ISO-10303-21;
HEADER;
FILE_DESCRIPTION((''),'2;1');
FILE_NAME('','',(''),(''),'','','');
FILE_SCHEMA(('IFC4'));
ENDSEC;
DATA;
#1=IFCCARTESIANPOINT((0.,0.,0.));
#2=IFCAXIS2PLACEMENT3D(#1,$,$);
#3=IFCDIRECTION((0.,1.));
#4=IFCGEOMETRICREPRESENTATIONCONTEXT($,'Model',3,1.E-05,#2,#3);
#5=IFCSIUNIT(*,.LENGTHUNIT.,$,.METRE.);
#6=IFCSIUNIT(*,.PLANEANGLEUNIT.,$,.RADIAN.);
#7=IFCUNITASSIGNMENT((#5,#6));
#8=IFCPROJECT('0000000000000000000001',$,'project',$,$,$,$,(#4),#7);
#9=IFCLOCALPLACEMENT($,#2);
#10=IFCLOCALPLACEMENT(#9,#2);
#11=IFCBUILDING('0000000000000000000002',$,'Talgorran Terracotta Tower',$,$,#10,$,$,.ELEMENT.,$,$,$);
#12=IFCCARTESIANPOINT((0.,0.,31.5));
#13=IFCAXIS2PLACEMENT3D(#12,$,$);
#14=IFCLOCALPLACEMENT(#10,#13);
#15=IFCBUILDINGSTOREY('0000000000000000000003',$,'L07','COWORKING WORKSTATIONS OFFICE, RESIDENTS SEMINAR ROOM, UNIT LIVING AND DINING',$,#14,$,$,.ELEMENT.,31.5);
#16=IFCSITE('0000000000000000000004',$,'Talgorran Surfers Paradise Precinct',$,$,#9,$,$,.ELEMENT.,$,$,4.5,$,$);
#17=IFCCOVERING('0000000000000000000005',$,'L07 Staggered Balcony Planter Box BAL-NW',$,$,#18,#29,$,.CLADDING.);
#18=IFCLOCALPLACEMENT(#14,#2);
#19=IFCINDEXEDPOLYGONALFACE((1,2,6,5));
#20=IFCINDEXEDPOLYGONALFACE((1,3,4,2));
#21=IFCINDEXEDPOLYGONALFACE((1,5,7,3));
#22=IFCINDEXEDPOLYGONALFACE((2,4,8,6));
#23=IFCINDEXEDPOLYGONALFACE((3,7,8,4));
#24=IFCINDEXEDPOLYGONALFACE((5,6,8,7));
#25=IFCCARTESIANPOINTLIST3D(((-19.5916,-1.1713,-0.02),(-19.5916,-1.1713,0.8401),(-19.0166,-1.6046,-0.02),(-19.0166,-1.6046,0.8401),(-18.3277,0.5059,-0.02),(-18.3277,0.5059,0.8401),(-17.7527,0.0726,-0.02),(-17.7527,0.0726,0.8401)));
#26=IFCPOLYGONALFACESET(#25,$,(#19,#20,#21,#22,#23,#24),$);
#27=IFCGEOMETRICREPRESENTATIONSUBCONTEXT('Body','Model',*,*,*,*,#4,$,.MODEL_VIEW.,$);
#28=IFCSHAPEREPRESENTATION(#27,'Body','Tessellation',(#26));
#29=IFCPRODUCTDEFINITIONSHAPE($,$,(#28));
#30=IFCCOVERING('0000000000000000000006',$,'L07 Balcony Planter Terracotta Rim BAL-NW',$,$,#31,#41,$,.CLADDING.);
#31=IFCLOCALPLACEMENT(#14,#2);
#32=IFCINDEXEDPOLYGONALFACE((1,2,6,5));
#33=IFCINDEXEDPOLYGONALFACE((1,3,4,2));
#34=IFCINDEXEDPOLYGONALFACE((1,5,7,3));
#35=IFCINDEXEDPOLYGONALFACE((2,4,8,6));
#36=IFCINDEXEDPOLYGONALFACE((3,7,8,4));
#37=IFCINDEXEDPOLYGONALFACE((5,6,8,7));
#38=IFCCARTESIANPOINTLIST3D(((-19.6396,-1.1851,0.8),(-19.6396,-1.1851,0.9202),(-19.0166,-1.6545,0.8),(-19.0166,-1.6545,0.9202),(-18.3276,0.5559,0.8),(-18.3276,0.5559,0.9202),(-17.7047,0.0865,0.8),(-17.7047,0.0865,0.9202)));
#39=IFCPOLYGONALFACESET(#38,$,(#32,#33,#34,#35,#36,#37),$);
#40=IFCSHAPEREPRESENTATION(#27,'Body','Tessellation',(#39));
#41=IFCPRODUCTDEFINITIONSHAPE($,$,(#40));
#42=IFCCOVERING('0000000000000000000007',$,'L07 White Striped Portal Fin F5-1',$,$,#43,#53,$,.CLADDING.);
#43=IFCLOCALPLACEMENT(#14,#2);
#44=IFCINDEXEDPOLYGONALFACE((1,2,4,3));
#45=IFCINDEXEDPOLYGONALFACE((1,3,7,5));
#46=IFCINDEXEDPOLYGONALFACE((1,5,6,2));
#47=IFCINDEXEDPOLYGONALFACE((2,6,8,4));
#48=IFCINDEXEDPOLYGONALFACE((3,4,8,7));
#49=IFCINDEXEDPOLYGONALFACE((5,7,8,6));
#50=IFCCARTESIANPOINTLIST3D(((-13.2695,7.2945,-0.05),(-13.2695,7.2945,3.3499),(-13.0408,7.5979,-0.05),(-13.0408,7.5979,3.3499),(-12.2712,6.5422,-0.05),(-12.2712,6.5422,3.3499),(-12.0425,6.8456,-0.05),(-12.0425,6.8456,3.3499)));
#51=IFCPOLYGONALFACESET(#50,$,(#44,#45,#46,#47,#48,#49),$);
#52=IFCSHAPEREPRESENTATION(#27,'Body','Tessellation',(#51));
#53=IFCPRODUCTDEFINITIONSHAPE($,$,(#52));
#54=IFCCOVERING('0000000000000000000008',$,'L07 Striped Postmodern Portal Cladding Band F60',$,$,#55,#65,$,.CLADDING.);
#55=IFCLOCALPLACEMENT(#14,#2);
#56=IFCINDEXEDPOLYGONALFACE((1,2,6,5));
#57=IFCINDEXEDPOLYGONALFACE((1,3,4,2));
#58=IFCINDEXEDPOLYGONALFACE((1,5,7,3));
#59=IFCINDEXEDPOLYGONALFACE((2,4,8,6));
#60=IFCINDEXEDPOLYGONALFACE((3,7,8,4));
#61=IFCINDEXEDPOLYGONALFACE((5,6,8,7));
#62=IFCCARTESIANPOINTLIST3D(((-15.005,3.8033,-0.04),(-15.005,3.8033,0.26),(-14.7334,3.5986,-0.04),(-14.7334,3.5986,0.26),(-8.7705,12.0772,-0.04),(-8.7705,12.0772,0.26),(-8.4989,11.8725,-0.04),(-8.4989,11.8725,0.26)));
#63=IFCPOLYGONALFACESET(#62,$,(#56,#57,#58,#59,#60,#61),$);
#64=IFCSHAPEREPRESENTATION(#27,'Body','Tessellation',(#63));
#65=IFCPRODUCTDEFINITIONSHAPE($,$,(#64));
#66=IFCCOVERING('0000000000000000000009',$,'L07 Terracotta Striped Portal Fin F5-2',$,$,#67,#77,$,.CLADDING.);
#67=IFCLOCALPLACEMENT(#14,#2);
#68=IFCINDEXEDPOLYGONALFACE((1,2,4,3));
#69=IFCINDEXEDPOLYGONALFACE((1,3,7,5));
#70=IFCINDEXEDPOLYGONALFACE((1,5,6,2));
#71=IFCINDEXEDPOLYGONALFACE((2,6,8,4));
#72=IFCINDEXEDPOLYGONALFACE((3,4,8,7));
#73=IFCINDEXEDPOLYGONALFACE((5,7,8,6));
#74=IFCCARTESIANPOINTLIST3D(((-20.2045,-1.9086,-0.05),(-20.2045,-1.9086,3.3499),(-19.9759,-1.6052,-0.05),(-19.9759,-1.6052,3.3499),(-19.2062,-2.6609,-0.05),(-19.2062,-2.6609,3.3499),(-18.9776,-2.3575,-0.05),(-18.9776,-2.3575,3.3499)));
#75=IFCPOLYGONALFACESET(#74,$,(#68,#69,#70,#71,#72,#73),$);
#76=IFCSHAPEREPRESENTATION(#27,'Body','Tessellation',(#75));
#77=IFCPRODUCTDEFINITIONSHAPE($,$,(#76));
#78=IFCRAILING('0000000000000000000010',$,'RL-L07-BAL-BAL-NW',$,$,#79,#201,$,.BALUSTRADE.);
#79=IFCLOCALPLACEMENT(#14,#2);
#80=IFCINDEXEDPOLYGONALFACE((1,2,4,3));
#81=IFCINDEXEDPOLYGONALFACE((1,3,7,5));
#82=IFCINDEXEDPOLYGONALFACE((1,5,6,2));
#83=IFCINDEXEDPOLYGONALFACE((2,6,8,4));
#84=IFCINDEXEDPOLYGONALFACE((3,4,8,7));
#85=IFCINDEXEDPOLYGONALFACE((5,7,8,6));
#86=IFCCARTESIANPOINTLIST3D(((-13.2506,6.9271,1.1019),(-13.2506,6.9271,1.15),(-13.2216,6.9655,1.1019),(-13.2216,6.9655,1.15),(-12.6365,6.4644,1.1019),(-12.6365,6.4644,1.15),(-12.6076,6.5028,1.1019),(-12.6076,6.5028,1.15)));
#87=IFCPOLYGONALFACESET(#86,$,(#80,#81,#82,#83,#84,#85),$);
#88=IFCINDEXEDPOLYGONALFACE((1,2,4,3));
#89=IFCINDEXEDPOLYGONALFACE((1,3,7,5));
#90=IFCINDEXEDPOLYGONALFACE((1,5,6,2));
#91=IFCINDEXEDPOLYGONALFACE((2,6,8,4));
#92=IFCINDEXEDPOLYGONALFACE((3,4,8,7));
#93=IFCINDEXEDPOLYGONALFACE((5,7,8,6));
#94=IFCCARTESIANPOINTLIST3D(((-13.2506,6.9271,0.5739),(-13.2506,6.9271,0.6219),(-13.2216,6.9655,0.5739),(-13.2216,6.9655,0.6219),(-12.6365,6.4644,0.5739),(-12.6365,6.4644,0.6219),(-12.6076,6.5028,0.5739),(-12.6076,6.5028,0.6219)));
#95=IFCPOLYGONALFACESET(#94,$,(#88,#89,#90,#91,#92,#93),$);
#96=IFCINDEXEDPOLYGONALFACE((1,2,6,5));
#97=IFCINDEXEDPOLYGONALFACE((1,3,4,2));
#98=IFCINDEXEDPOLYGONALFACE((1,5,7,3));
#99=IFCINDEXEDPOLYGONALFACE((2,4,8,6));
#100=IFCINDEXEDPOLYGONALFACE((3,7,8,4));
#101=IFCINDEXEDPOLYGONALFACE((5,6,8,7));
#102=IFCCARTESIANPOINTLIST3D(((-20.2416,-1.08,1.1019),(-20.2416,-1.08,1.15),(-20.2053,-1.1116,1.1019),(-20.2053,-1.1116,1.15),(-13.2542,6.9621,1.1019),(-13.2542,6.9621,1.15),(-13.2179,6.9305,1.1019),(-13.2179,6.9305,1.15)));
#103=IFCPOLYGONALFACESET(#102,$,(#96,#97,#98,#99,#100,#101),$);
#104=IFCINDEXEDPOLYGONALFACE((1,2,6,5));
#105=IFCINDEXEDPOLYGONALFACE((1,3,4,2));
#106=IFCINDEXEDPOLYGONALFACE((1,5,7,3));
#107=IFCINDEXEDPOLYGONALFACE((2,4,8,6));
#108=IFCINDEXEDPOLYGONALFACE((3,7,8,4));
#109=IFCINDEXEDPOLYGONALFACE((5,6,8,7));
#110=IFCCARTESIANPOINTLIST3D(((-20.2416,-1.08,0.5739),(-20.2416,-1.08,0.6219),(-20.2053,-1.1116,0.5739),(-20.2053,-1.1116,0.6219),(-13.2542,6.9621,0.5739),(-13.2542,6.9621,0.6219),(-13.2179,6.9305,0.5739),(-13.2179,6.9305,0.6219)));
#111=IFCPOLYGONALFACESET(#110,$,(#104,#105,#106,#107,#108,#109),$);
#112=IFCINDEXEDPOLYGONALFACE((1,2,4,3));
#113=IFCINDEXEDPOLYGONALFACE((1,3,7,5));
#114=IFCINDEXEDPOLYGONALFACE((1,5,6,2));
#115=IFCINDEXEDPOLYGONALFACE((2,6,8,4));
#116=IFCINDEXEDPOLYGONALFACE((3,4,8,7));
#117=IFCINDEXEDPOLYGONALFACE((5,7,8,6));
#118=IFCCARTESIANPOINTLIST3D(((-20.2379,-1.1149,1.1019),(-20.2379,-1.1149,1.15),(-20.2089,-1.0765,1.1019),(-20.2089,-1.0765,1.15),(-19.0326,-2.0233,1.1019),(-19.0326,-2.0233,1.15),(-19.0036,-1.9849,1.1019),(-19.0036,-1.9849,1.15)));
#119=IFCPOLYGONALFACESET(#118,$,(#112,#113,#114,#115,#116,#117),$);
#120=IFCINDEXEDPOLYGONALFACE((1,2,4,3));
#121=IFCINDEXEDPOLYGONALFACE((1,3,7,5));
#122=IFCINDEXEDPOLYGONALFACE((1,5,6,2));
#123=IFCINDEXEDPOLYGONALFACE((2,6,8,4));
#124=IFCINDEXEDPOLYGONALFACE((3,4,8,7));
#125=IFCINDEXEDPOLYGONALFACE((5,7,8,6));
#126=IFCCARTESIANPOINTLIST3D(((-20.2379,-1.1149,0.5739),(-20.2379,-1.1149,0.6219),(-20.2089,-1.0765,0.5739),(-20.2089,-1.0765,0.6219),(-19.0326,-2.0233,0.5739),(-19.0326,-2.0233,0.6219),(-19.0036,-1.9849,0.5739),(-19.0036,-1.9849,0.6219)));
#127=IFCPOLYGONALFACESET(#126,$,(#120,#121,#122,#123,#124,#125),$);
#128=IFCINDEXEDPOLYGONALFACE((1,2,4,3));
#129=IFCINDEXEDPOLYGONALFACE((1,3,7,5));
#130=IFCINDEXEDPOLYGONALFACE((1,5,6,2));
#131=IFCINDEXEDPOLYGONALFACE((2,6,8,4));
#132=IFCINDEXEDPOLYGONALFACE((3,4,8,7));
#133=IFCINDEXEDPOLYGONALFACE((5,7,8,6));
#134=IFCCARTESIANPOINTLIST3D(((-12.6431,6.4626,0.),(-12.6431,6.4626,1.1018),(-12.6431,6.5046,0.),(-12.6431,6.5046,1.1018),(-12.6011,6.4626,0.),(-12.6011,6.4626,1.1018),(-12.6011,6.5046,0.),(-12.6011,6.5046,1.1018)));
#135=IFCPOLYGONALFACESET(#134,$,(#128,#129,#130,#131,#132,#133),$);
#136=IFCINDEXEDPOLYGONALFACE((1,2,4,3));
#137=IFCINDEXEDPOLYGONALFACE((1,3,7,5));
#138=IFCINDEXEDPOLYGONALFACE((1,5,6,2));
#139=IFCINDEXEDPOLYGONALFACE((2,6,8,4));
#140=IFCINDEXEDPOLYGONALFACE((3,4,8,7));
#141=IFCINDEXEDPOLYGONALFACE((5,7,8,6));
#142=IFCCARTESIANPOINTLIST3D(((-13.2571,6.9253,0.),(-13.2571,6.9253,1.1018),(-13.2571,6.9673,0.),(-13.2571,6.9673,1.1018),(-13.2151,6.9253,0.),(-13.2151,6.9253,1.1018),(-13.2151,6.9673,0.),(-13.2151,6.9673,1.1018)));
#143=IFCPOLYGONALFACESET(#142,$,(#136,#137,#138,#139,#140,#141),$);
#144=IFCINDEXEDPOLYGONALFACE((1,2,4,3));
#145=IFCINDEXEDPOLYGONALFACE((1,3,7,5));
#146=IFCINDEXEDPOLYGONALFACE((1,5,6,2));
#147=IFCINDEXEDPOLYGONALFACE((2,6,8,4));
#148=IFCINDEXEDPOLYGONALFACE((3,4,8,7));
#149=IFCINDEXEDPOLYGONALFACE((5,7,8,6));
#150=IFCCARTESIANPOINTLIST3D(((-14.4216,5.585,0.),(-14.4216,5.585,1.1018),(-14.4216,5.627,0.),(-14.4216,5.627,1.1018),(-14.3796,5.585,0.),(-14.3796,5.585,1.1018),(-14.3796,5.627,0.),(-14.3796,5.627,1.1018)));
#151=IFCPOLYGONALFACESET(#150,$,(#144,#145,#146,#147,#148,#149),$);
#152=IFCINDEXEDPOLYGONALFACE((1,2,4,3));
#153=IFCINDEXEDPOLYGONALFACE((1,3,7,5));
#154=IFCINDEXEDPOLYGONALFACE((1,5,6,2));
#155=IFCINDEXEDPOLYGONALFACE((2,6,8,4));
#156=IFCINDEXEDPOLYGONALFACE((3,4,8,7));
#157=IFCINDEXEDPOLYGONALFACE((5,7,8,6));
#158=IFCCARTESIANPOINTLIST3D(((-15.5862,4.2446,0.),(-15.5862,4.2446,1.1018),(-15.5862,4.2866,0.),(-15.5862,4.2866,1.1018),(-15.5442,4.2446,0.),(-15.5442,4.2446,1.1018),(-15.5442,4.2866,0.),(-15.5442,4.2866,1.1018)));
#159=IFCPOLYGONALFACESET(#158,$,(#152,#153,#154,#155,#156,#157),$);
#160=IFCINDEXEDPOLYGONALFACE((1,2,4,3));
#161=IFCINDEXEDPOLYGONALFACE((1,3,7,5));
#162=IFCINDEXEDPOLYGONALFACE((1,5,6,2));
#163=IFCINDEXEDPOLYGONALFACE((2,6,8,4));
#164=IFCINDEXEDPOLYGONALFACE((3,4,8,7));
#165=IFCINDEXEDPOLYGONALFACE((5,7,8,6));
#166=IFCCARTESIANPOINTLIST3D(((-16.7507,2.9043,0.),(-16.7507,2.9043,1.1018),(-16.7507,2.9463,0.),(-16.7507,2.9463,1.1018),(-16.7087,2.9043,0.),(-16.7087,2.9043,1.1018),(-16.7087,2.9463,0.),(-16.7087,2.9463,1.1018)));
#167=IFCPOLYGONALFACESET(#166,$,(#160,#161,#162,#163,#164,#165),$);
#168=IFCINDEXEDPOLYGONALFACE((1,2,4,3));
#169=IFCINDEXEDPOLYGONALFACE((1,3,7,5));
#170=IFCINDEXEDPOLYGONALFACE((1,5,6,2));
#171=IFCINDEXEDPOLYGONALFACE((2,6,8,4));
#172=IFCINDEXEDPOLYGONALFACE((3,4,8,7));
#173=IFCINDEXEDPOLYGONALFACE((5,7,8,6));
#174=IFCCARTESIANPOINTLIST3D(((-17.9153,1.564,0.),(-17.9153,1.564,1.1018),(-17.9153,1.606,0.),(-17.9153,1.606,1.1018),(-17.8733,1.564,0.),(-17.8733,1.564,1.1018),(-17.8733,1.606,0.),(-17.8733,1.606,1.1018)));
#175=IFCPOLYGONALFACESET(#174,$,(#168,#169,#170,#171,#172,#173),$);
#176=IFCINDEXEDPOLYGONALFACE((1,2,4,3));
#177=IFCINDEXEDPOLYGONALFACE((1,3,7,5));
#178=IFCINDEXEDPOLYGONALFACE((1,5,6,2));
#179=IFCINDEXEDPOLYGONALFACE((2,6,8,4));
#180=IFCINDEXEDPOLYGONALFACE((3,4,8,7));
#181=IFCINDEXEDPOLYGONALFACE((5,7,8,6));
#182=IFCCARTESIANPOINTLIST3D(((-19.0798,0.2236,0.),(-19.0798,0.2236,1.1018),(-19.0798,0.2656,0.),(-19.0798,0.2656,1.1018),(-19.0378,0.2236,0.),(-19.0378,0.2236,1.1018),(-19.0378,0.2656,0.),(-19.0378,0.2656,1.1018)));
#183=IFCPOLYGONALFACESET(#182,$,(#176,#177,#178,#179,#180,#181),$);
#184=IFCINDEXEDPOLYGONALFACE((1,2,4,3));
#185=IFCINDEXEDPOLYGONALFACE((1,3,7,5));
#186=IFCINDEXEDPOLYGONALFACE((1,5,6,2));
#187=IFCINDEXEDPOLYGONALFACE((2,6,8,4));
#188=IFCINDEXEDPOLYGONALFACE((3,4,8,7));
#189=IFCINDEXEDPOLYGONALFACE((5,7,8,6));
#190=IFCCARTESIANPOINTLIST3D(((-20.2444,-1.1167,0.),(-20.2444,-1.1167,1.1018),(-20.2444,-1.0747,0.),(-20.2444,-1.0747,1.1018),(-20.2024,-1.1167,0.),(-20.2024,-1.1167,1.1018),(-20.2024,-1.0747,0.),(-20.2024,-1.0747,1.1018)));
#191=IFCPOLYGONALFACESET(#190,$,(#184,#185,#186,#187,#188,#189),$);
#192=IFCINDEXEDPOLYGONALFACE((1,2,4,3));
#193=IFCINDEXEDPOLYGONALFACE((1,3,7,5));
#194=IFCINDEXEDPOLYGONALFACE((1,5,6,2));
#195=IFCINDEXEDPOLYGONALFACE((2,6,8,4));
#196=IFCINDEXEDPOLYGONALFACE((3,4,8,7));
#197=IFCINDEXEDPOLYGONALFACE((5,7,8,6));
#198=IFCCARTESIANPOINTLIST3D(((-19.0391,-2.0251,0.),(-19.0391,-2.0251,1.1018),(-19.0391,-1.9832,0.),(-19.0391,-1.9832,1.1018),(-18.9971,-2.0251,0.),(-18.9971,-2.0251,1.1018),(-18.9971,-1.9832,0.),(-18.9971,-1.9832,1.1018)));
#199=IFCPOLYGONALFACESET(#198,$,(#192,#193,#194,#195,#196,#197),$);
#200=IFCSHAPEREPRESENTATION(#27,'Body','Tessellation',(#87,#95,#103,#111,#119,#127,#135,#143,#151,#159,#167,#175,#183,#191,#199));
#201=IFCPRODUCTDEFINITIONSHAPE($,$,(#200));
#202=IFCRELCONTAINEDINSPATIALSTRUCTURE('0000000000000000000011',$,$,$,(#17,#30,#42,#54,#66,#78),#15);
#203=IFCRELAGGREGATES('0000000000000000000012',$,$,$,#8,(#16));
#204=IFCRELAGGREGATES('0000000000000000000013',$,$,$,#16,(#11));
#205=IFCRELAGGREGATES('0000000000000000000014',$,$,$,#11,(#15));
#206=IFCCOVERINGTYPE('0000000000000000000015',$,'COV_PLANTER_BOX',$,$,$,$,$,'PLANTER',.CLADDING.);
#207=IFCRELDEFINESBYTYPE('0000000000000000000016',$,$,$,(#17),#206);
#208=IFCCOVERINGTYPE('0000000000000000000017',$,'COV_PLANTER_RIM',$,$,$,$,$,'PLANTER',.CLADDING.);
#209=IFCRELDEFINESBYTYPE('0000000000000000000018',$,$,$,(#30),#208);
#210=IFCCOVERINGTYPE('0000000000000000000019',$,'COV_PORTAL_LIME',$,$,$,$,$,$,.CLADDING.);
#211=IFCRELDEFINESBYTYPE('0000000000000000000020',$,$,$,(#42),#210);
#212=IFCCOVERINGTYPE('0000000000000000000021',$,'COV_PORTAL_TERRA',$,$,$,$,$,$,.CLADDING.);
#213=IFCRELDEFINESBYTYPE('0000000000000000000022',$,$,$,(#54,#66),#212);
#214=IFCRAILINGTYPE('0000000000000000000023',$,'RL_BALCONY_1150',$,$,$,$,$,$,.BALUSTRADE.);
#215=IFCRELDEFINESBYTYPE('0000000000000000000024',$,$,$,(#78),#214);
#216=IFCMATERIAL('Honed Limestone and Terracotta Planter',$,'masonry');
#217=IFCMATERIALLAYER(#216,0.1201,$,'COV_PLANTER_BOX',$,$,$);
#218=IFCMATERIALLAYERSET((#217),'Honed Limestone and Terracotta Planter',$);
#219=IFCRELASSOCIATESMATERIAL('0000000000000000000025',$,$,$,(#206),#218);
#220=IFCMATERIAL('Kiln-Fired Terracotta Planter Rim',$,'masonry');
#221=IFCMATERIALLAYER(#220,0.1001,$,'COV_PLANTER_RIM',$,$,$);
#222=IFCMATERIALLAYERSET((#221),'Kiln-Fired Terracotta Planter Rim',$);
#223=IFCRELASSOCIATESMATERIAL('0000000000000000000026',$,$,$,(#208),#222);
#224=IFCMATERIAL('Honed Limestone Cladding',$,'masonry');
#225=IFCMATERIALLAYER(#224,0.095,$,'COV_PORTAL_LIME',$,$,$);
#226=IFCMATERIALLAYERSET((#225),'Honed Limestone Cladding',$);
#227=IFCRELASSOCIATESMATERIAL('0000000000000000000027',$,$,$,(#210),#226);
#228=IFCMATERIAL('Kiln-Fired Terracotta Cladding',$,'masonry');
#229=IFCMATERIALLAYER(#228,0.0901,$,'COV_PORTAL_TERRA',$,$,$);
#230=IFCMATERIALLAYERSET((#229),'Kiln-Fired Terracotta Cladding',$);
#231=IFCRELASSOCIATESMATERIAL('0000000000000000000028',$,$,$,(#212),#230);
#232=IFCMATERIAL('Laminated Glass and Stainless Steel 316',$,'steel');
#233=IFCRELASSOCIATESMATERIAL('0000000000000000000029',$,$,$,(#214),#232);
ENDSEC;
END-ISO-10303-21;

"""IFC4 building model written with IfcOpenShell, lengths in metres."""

from ifc_helpers import new_model, si_unit, direction, frame, origin, origin_2d, place, context, subcontext, project, spatial, rectangle, extrude, material, layer, layer_set, type_object, element, save


model = new_model("IFC4")

# Units and contexts
model_context = context("Model", 3, precision=1e-05, world=origin(), true_north=direction((0.0, 1.0)))
body_context = subcontext(model_context, "Body", "Model", "MODEL_VIEW")
ifc_project = project(units=[si_unit("LENGTHUNIT", "METRE"), si_unit("PLANEANGLEUNIT", "RADIAN")], contexts=[model_context])

# Site, building, storey
site_placement = place(None, origin())
site = spatial("IfcSite", under=ifc_project, at=site_placement, Name="Talgorran Surfers Paradise Precinct", CompositionType="ELEMENT", RefElevation=4.5)
building_placement = place(site_placement, origin())
building = spatial("IfcBuilding", under=site, at=building_placement, Name="Talgorran Terracotta Tower", CompositionType="ELEMENT")
storey_placement = place(building_placement, frame((0.0, 0.0, 31.5)))
storey = spatial("IfcBuildingStorey", under=building, at=storey_placement, Name="L07", Description="COWORKING WORKSTATIONS OFFICE, RESIDENTS SEMINAR ROOM, UNIT LIVING AND DINING", CompositionType="ELEMENT", Elevation=31.5)

# Coverings
ifc_material_1 = material(Name="Honed Limestone and Terracotta Planter", Category="masonry")
ifc_layer_1 = layer(ifc_material_1, 0.1201, Name="COV_PLANTER_BOX")
ifc_layer_set_1 = layer_set([ifc_layer_1], Name="Honed Limestone and Terracotta Planter")
covering_type_1 = type_object("IfcCoveringType", Name="COV_PLANTER_BOX", ElementType="PLANTER", PredefinedType="CLADDING", material=ifc_layer_set_1)
covering_1_placement = place(storey_placement, frame((-18.6721, -0.5493, -0.02), z_axis=(0.0, 0.0, 1.0), x_axis=(-0.601815, -0.798636, 0.0)))
element("IfcCovering", 1, at=covering_1_placement, inside=storey, type_object=covering_type_1, Name="L07 Staggered Balcony Planter Box BAL-NW", PredefinedType="CLADDING", context=body_context, shape_type="SweptSolid", body=[
    extrude(rectangle(XDim=2.1001, YDim=0.72, at=origin_2d()), origin(), (0.0, 0.0, 1.0), 0.8601),
])
ifc_material_2 = material(Name="Kiln-Fired Terracotta Planter Rim", Category="masonry")
ifc_layer_2 = layer(ifc_material_2, 0.1001, Name="COV_PLANTER_RIM")
ifc_layer_set_2 = layer_set([ifc_layer_2], Name="Kiln-Fired Terracotta Planter Rim")
covering_type_2 = type_object("IfcCoveringType", Name="COV_PLANTER_RIM", ElementType="PLANTER", PredefinedType="CLADDING", material=ifc_layer_set_2)
covering_2_placement = place(storey_placement, frame((-18.6721, -0.5493, 0.8), z_axis=(0.0, 0.0, 1.0), x_axis=(-0.601815, -0.798636, 0.0)))
element("IfcCovering", 2, at=covering_2_placement, inside=storey, type_object=covering_type_2, Name="L07 Balcony Planter Terracotta Rim BAL-NW", PredefinedType="CLADDING", context=body_context, shape_type="SweptSolid", body=[
    extrude(rectangle(XDim=2.1799, YDim=0.78, at=origin_2d()), origin(), (0.0, 0.0, 1.0), 0.1201),
])
ifc_material_3 = material(Name="Honed Limestone Cladding", Category="masonry")
ifc_layer_3 = layer(ifc_material_3, 0.095, Name="COV_PORTAL_LIME")
ifc_layer_set_3 = layer_set([ifc_layer_3], Name="Honed Limestone Cladding")
covering_type_3 = type_object("IfcCoveringType", Name="COV_PORTAL_LIME", PredefinedType="CLADDING", material=ifc_layer_set_3)
covering_3_placement = place(storey_placement, frame((-12.656, 7.0701, -0.05), z_axis=(0.0, 0.0, 1.0), x_axis=(-0.601815, -0.798636, 0.0)))
element("IfcCovering", 3, at=covering_3_placement, inside=storey, type_object=covering_type_3, Name="L07 White Striped Portal Fin F5-1", PredefinedType="CLADDING", context=body_context, shape_type="SweptSolid", body=[
    extrude(rectangle(XDim=0.3799, YDim=1.25, at=origin_2d()), origin(), (0.0, 0.0, 1.0), 3.3999),
])
ifc_material_4 = material(Name="Kiln-Fired Terracotta Cladding", Category="masonry")
ifc_layer_4 = layer(ifc_material_4, 0.0901, Name="COV_PORTAL_TERRA")
ifc_layer_set_4 = layer_set([ifc_layer_4], Name="Kiln-Fired Terracotta Cladding")
covering_type_4 = type_object("IfcCoveringType", Name="COV_PORTAL_TERRA", PredefinedType="CLADDING", material=ifc_layer_set_4)
covering_4_placement = place(storey_placement, frame((-11.752, 7.8379, -0.04), z_axis=(0.0, 0.0, 1.0), x_axis=(-0.601801, -0.798646, 0.0)))
element("IfcCovering", 4, at=covering_4_placement, inside=storey, type_object=covering_type_4, Name="L07 Striped Postmodern Portal Cladding Band F60", PredefinedType="CLADDING", context=body_context, shape_type="SweptSolid", body=[
    extrude(rectangle(XDim=10.3599, YDim=0.3401, at=origin_2d()), origin(), (0.0, 0.0, 1.0), 0.3),
])
covering_5_placement = place(storey_placement, frame((-19.5911, -2.1331, -0.05), z_axis=(0.0, 0.0, 1.0), x_axis=(-0.601815, -0.798636, 0.0)))
element("IfcCovering", 5, at=covering_5_placement, inside=storey, type_object=covering_type_4, Name="L07 Terracotta Striped Portal Fin F5-2", PredefinedType="CLADDING", context=body_context, shape_type="SweptSolid", body=[
    extrude(rectangle(XDim=0.3799, YDim=1.25, at=origin_2d()), origin(), (0.0, 0.0, 1.0), 3.3999),
])

# Railing
ifc_material_5 = material(Name="Laminated Glass and Stainless Steel 316", Category="steel")
railing_type = type_object("IfcRailingType", Name="RL_BALCONY_1150", PredefinedType="BALUSTRADE", material=ifc_material_5)
railing_placement = place(storey_placement, frame((-12.6221, 6.4836, 0.0)))
element("IfcRailing", 6, at=railing_placement, inside=storey, type_object=railing_type, Name="RL-L07-BAL-BAL-NW", PredefinedType="BALUSTRADE", context=body_context, shape_type="SweptSolid", body=[
    extrude(rectangle(XDim=0.0481, YDim=0.0481, at=origin_2d()), frame((0.0, 0.0, 1.126), z_axis=(-0.798664, 0.601777, 0.0), x_axis=(-0.601777, -0.798664, 0.0)), (0.0, 0.0, 1.0), 0.7688),
    extrude(rectangle(XDim=0.0481, YDim=0.0481, at=origin_2d()), frame((0.0, 0.0, 0.5979), z_axis=(-0.798664, 0.601777, 0.0), x_axis=(-0.601777, -0.798664, 0.0)), (0.0, 0.0, 1.0), 0.7688),
    extrude(rectangle(XDim=0.0481, YDim=0.0481, at=origin_2d()), frame((-0.614, 0.4626, 1.126), z_axis=(-0.655872, -0.754872, 0.0), x_axis=(0.754872, -0.655872, 0.0)), (0.0, 0.0, 1.0), 10.6536),
    extrude(rectangle(XDim=0.0481, YDim=0.0481, at=origin_2d()), frame((-0.614, 0.4626, 0.5979), z_axis=(-0.655872, -0.754872, 0.0), x_axis=(0.754872, -0.655872, 0.0)), (0.0, 0.0, 1.0), 10.6536),
    extrude(rectangle(XDim=0.0481, YDim=0.0481, at=origin_2d()), frame((-7.6013, -7.5793, 1.126), z_axis=(0.798581, -0.601888, 0.0), x_axis=(0.601888, 0.798581, 0.0)), (0.0, 0.0, 1.0), 1.5093),
    extrude(rectangle(XDim=0.0481, YDim=0.0481, at=origin_2d()), frame((-7.6013, -7.5793, 0.5979), z_axis=(0.798581, -0.601888, 0.0), x_axis=(0.601888, 0.798581, 0.0)), (0.0, 0.0, 1.0), 1.5093),
    extrude(rectangle(XDim=0.042, YDim=0.042, at=origin_2d()), origin(), (0.0, 0.0, 1.0), 1.1018),
    extrude(rectangle(XDim=0.042, YDim=0.042, at=origin_2d()), frame((-0.614, 0.4626, 0.0)), (0.0, 0.0, 1.0), 1.1018),
    extrude(rectangle(XDim=0.042, YDim=0.042, at=origin_2d()), frame((-1.7786, -0.8777, 0.0)), (0.0, 0.0, 1.0), 1.1018),
    extrude(rectangle(XDim=0.042, YDim=0.042, at=origin_2d()), frame((-2.9431, -2.218, 0.0)), (0.0, 0.0, 1.0), 1.1018),
    extrude(rectangle(XDim=0.042, YDim=0.042, at=origin_2d()), frame((-4.1077, -3.5583, 0.0)), (0.0, 0.0, 1.0), 1.1018),
    extrude(rectangle(XDim=0.042, YDim=0.042, at=origin_2d()), frame((-5.2722, -4.8987, 0.0)), (0.0, 0.0, 1.0), 1.1018),
    extrude(rectangle(XDim=0.042, YDim=0.042, at=origin_2d()), frame((-6.4368, -6.239, 0.0)), (0.0, 0.0, 1.0), 1.1018),
    extrude(rectangle(XDim=0.042, YDim=0.042, at=origin_2d()), frame((-7.6013, -7.5793, 0.0)), (0.0, 0.0, 1.0), 1.1018),
    extrude(rectangle(XDim=0.042, YDim=0.042, at=origin_2d()), frame((-6.396, -8.4878, 0.0)), (0.0, 0.0, 1.0), 1.1018),
])

save(model, "model.ifc")
